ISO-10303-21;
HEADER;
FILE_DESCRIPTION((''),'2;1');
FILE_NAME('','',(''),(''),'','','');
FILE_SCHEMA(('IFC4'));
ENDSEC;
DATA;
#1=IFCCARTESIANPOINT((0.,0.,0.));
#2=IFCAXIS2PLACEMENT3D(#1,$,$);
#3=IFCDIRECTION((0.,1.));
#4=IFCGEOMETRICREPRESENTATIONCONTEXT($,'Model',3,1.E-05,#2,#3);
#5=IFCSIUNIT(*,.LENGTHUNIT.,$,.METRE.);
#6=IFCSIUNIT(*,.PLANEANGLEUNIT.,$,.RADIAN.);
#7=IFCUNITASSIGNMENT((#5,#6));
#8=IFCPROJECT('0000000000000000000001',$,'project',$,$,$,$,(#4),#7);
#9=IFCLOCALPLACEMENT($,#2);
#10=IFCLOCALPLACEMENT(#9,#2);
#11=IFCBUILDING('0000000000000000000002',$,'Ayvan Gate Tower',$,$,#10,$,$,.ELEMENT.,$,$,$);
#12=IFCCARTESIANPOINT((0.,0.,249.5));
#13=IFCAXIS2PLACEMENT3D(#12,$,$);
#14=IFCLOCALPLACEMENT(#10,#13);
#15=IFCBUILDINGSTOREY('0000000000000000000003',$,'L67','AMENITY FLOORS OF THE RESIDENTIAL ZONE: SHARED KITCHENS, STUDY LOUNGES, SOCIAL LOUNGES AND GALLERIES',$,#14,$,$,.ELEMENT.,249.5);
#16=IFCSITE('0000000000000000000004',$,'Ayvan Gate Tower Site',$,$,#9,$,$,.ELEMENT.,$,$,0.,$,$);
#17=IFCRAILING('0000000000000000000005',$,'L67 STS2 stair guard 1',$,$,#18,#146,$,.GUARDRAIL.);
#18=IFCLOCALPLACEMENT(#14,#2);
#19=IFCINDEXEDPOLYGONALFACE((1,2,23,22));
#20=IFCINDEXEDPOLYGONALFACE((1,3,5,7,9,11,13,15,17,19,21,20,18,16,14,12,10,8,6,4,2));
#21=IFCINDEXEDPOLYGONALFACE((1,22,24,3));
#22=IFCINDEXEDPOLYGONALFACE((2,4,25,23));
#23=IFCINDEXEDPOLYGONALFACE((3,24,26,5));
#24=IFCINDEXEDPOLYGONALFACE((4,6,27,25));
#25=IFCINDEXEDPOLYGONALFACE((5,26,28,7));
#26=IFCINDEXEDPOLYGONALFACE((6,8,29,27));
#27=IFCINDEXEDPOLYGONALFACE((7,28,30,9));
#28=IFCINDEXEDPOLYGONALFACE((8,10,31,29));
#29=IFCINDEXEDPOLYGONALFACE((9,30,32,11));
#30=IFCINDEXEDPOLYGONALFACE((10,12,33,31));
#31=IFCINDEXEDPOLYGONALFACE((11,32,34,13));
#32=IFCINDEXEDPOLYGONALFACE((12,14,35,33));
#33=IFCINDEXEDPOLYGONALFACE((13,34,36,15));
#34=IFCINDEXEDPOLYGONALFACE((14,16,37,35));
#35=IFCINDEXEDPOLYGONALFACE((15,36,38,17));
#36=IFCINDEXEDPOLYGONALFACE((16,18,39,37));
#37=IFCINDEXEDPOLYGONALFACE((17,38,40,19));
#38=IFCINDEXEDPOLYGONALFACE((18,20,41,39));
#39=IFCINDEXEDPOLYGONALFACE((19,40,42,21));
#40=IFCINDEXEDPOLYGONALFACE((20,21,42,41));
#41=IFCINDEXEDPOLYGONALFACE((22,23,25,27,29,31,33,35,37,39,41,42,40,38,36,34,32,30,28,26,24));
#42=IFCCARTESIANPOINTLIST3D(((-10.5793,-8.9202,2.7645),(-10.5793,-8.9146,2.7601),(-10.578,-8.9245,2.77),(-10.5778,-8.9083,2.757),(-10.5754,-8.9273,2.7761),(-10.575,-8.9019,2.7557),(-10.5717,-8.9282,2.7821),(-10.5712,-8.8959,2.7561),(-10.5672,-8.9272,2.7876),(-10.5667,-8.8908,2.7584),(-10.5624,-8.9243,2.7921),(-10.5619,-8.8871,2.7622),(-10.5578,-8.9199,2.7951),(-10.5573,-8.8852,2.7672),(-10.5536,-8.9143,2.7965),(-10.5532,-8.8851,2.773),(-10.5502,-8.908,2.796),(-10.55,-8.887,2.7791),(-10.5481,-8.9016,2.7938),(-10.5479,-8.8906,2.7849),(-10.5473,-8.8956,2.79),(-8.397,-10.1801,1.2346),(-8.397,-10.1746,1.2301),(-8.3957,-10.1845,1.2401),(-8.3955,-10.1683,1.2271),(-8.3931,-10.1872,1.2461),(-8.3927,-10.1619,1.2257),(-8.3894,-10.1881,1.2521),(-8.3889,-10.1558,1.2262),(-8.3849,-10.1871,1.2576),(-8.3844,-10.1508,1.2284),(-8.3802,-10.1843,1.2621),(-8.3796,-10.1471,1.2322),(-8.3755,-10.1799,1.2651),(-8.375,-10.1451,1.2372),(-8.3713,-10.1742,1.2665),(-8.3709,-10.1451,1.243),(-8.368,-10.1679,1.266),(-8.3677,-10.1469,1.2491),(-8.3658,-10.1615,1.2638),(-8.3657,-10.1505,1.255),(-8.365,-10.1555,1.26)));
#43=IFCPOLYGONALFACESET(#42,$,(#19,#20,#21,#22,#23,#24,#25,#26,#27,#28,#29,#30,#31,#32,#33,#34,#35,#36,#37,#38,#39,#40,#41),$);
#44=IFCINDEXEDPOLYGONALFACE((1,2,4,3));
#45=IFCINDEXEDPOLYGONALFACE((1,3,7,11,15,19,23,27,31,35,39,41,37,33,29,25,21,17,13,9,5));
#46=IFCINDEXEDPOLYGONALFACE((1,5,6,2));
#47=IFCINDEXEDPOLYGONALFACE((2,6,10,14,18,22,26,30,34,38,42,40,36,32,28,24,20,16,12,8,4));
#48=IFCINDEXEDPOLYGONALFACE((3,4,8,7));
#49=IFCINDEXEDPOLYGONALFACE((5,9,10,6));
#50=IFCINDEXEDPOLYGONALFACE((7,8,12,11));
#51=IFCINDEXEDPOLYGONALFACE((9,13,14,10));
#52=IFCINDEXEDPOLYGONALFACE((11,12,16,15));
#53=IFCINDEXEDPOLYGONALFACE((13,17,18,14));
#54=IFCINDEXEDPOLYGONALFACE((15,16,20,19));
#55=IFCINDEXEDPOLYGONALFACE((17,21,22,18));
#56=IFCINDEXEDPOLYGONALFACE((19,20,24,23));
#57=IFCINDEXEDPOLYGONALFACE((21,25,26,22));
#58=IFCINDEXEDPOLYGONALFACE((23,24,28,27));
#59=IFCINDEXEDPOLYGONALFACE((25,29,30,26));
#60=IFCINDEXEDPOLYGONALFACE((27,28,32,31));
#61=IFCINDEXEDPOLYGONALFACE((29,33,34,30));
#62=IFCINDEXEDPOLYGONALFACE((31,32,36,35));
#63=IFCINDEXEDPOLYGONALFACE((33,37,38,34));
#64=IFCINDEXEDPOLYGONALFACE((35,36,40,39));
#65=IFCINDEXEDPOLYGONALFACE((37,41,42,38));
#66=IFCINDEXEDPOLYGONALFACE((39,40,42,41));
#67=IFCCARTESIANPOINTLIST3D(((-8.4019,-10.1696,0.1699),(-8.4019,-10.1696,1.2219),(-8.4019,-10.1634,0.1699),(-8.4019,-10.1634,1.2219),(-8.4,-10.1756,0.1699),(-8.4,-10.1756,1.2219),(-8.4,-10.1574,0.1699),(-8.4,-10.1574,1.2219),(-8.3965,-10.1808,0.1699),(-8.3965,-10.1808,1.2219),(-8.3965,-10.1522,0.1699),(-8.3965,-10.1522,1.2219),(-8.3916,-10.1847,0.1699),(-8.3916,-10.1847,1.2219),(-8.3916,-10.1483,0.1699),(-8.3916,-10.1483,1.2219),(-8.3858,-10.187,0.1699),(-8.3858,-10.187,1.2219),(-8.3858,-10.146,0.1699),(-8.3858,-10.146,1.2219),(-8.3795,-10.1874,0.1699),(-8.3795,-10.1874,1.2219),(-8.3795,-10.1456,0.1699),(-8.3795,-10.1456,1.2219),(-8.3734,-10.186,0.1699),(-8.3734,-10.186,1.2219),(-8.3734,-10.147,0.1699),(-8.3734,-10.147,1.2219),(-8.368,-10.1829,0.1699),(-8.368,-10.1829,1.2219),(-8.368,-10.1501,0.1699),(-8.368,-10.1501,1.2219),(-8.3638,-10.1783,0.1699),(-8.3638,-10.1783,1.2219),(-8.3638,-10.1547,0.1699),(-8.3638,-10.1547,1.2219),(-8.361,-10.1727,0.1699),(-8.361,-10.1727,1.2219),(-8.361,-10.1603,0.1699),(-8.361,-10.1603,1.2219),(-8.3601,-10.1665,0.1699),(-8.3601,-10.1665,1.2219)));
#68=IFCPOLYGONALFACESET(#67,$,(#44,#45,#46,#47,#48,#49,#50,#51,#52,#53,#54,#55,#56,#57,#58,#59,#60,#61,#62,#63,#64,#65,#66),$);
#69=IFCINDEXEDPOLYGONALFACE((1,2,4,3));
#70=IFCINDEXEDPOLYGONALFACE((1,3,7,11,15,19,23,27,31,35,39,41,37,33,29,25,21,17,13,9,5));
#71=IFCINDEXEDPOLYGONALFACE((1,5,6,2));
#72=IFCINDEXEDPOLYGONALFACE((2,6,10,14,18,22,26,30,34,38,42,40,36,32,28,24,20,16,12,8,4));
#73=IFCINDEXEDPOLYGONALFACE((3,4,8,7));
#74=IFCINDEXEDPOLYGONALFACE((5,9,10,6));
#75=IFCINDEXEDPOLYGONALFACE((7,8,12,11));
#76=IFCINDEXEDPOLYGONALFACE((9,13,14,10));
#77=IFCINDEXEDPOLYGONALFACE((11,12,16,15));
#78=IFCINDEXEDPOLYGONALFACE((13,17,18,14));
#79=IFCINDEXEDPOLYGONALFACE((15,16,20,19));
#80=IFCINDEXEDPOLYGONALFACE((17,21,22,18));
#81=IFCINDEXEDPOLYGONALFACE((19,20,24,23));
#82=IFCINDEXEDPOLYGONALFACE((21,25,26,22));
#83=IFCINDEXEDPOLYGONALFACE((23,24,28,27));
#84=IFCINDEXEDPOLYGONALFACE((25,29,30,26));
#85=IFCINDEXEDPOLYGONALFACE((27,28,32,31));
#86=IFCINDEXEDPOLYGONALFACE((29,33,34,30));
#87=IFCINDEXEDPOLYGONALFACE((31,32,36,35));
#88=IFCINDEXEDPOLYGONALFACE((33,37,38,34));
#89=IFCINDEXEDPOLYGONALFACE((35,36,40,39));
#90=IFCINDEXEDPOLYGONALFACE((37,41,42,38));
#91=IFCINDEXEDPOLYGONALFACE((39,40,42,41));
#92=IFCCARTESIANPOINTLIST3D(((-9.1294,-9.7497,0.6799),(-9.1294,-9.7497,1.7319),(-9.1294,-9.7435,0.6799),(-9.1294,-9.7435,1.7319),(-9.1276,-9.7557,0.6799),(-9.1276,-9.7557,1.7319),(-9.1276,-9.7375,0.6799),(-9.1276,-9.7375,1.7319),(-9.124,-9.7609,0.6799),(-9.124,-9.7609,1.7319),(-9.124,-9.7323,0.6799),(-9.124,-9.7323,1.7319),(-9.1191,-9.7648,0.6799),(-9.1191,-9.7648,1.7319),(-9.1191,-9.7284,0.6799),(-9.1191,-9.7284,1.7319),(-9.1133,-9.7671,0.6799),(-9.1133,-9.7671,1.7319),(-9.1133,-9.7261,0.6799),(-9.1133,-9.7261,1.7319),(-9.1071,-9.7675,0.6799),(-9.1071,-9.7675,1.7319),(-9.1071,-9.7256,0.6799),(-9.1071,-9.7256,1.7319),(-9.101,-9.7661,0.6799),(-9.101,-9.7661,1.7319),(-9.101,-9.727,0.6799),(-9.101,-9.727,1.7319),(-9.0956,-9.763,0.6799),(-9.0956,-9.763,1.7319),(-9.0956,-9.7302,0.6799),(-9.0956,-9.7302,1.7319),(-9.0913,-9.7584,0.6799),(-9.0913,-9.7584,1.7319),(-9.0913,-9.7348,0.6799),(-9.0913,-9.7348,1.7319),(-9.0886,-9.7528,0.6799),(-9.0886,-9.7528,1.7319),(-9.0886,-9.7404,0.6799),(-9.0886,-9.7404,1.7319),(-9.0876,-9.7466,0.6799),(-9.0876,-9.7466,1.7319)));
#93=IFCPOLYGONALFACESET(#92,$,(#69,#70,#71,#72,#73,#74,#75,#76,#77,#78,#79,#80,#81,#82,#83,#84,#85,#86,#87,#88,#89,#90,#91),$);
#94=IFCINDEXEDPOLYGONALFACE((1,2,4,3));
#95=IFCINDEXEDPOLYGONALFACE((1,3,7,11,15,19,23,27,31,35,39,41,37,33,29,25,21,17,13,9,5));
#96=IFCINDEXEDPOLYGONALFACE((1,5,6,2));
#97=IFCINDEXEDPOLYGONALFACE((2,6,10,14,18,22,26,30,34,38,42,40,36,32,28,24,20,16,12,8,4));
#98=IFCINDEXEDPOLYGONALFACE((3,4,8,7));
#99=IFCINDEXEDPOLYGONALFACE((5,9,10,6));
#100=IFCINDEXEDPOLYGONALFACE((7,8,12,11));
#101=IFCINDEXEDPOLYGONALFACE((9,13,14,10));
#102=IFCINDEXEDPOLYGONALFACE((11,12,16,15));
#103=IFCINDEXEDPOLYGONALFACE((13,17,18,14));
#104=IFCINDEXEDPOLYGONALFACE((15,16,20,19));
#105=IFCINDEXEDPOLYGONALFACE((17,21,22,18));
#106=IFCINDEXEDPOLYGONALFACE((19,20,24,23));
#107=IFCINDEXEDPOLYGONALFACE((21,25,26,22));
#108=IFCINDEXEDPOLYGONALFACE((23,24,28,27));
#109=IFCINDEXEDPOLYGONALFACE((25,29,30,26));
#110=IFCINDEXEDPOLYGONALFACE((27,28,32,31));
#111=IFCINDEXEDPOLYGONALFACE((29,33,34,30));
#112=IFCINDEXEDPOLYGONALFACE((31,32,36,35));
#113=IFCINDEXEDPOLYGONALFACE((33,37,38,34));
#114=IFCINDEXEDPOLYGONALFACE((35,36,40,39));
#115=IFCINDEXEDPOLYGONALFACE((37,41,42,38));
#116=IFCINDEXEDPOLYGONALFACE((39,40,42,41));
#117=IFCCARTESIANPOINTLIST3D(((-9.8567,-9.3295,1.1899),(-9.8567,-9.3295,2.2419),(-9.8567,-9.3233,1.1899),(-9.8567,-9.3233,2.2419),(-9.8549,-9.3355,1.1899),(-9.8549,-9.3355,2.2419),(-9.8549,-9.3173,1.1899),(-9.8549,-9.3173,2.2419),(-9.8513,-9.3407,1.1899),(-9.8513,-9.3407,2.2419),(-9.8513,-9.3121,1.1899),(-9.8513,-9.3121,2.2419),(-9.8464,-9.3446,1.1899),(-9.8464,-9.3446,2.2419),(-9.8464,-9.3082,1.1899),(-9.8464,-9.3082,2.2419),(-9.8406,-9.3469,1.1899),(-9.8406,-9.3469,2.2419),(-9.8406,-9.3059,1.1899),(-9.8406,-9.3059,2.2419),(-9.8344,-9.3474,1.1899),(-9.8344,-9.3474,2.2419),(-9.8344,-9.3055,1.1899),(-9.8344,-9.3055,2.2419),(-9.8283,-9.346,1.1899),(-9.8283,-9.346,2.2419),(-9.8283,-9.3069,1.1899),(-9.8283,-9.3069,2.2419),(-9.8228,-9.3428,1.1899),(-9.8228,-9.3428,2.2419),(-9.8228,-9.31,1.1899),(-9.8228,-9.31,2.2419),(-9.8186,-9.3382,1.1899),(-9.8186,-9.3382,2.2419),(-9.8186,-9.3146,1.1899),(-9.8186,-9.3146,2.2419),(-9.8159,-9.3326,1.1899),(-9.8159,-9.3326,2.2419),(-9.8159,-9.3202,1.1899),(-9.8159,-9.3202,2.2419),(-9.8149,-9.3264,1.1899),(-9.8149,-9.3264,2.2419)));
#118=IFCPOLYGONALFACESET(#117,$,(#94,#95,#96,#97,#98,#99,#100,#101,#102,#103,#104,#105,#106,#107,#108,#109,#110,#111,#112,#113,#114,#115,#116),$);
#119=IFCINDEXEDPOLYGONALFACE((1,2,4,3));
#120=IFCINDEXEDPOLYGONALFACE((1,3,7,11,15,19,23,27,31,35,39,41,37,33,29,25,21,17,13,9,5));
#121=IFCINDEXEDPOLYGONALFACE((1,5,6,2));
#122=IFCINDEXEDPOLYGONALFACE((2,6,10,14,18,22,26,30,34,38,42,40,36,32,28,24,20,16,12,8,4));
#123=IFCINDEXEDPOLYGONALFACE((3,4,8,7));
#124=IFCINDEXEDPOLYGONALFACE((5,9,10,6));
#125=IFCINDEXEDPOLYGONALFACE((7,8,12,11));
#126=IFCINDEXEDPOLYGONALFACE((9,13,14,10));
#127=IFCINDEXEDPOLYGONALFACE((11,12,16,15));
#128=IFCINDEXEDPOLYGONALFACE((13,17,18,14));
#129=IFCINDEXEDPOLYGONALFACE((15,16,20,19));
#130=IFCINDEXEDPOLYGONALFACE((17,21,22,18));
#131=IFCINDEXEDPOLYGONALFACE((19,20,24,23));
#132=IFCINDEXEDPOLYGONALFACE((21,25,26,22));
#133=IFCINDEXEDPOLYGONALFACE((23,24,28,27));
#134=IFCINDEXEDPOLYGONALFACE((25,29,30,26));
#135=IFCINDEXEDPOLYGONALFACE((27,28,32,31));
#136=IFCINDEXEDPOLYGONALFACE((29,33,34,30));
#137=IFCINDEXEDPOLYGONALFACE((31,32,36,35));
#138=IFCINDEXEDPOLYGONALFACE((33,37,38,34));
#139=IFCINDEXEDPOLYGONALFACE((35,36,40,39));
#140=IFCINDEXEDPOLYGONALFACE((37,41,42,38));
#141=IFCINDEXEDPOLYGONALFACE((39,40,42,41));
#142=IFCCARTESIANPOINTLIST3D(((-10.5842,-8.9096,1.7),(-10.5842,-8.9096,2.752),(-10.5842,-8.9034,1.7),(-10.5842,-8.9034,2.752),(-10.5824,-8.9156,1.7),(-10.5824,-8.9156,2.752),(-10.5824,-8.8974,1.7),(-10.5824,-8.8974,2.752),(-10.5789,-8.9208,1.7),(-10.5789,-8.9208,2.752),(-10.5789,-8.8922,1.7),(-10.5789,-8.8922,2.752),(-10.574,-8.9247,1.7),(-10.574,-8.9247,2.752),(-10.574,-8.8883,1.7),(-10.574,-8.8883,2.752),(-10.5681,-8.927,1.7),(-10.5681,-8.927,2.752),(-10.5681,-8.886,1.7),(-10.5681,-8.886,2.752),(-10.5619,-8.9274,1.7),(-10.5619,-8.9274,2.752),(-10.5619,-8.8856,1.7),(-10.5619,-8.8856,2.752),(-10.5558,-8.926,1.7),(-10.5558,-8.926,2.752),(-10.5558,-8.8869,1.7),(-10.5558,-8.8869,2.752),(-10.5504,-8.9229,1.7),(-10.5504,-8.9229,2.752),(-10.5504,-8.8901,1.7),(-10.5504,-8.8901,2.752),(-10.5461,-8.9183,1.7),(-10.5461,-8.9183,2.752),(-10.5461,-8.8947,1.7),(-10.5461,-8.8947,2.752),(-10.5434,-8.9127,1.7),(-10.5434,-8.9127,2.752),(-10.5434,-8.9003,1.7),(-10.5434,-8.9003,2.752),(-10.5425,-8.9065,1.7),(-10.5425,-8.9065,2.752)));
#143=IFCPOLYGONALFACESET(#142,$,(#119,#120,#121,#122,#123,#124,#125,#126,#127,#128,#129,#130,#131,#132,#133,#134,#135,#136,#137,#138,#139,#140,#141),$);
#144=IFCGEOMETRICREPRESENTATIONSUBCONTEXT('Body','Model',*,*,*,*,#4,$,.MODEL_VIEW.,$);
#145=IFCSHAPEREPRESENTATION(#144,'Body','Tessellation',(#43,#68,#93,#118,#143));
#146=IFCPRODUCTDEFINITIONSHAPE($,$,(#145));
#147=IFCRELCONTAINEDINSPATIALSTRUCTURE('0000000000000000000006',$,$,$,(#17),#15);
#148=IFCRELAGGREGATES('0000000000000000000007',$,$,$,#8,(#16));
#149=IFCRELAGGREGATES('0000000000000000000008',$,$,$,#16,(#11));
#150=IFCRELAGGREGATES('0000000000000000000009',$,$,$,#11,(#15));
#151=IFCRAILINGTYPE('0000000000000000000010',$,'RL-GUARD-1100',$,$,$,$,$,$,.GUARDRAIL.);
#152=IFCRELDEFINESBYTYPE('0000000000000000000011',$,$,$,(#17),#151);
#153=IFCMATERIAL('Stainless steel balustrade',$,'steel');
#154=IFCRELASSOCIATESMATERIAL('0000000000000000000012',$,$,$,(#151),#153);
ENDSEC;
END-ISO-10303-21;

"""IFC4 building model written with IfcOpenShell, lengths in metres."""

from ifc_helpers import new_model, si_unit, direction, frame, origin, origin_2d, place, context, subcontext, project, spatial, circle, extrude, material, type_object, element, save


model = new_model("IFC4")

# Units and contexts
model_context = context("Model", 3, precision=1e-05, world=origin(), true_north=direction((0.0, 1.0)))
body_context = subcontext(model_context, "Body", "Model", "MODEL_VIEW")
ifc_project = project(units=[si_unit("LENGTHUNIT", "METRE"), si_unit("PLANEANGLEUNIT", "RADIAN")], contexts=[model_context])

# Site, building, storey
site_placement = place(None, origin())
site = spatial("IfcSite", under=ifc_project, at=site_placement, Name="Ayvan Gate Tower Site", CompositionType="ELEMENT", RefElevation=0.0)
building_placement = place(site_placement, origin())
building = spatial("IfcBuilding", under=site, at=building_placement, Name="Ayvan Gate Tower", CompositionType="ELEMENT")
storey_placement = place(building_placement, frame((0.0, 0.0, 249.5)))
storey = spatial("IfcBuildingStorey", under=building, at=storey_placement, Name="L67", Description="AMENITY FLOORS OF THE RESIDENTIAL ZONE: SHARED KITCHENS, STUDY LOUNGES, SOCIAL LOUNGES AND GALLERIES", CompositionType="ELEMENT", Elevation=249.5)

# Railing
ifc_material_1 = material(Name="Stainless steel balustrade", Category="steel")
railing_type_1 = type_object("IfcRailingType", Name="RL-GUARD-1100", PredefinedType="GUARDRAIL", material=ifc_material_1)
railing_1_placement = place(storey_placement, frame((-8.3811, -10.1665, 0.1699)))
element("IfcRailing", 1, at=railing_1_placement, inside=storey, type_object=railing_type_1, Name="L67 STS2 stair guard 1", PredefinedType="GUARDRAIL", context=body_context, shape_type="SweptSolid", body=[
    extrude(circle(Radius=0.0239, at=origin_2d()), frame((0.0, 0.0, 1.0762), z_axis=(-0.740261, 0.427395, 0.518986), x_axis=(-0.500005, -0.866023, 0.0)), (0.0, 0.0, 1.0), 2.948),
    extrude(circle(Radius=0.021, at=origin_2d()), origin(), (0.0, 0.0, 1.0), 1.052),
    extrude(circle(Radius=0.021, at=origin_2d()), frame((-0.7275, 0.4199, 0.51)), (0.0, 0.0, 1.0), 1.052),
    extrude(circle(Radius=0.021, at=origin_2d()), frame((-1.4548, 0.8401, 1.02)), (0.0, 0.0, 1.0), 1.052),
    extrude(circle(Radius=0.021, at=origin_2d()), frame((-2.1824, 1.26, 1.53)), (0.0, 0.0, 1.0), 1.052),
])

save(model, "model.ifc")
